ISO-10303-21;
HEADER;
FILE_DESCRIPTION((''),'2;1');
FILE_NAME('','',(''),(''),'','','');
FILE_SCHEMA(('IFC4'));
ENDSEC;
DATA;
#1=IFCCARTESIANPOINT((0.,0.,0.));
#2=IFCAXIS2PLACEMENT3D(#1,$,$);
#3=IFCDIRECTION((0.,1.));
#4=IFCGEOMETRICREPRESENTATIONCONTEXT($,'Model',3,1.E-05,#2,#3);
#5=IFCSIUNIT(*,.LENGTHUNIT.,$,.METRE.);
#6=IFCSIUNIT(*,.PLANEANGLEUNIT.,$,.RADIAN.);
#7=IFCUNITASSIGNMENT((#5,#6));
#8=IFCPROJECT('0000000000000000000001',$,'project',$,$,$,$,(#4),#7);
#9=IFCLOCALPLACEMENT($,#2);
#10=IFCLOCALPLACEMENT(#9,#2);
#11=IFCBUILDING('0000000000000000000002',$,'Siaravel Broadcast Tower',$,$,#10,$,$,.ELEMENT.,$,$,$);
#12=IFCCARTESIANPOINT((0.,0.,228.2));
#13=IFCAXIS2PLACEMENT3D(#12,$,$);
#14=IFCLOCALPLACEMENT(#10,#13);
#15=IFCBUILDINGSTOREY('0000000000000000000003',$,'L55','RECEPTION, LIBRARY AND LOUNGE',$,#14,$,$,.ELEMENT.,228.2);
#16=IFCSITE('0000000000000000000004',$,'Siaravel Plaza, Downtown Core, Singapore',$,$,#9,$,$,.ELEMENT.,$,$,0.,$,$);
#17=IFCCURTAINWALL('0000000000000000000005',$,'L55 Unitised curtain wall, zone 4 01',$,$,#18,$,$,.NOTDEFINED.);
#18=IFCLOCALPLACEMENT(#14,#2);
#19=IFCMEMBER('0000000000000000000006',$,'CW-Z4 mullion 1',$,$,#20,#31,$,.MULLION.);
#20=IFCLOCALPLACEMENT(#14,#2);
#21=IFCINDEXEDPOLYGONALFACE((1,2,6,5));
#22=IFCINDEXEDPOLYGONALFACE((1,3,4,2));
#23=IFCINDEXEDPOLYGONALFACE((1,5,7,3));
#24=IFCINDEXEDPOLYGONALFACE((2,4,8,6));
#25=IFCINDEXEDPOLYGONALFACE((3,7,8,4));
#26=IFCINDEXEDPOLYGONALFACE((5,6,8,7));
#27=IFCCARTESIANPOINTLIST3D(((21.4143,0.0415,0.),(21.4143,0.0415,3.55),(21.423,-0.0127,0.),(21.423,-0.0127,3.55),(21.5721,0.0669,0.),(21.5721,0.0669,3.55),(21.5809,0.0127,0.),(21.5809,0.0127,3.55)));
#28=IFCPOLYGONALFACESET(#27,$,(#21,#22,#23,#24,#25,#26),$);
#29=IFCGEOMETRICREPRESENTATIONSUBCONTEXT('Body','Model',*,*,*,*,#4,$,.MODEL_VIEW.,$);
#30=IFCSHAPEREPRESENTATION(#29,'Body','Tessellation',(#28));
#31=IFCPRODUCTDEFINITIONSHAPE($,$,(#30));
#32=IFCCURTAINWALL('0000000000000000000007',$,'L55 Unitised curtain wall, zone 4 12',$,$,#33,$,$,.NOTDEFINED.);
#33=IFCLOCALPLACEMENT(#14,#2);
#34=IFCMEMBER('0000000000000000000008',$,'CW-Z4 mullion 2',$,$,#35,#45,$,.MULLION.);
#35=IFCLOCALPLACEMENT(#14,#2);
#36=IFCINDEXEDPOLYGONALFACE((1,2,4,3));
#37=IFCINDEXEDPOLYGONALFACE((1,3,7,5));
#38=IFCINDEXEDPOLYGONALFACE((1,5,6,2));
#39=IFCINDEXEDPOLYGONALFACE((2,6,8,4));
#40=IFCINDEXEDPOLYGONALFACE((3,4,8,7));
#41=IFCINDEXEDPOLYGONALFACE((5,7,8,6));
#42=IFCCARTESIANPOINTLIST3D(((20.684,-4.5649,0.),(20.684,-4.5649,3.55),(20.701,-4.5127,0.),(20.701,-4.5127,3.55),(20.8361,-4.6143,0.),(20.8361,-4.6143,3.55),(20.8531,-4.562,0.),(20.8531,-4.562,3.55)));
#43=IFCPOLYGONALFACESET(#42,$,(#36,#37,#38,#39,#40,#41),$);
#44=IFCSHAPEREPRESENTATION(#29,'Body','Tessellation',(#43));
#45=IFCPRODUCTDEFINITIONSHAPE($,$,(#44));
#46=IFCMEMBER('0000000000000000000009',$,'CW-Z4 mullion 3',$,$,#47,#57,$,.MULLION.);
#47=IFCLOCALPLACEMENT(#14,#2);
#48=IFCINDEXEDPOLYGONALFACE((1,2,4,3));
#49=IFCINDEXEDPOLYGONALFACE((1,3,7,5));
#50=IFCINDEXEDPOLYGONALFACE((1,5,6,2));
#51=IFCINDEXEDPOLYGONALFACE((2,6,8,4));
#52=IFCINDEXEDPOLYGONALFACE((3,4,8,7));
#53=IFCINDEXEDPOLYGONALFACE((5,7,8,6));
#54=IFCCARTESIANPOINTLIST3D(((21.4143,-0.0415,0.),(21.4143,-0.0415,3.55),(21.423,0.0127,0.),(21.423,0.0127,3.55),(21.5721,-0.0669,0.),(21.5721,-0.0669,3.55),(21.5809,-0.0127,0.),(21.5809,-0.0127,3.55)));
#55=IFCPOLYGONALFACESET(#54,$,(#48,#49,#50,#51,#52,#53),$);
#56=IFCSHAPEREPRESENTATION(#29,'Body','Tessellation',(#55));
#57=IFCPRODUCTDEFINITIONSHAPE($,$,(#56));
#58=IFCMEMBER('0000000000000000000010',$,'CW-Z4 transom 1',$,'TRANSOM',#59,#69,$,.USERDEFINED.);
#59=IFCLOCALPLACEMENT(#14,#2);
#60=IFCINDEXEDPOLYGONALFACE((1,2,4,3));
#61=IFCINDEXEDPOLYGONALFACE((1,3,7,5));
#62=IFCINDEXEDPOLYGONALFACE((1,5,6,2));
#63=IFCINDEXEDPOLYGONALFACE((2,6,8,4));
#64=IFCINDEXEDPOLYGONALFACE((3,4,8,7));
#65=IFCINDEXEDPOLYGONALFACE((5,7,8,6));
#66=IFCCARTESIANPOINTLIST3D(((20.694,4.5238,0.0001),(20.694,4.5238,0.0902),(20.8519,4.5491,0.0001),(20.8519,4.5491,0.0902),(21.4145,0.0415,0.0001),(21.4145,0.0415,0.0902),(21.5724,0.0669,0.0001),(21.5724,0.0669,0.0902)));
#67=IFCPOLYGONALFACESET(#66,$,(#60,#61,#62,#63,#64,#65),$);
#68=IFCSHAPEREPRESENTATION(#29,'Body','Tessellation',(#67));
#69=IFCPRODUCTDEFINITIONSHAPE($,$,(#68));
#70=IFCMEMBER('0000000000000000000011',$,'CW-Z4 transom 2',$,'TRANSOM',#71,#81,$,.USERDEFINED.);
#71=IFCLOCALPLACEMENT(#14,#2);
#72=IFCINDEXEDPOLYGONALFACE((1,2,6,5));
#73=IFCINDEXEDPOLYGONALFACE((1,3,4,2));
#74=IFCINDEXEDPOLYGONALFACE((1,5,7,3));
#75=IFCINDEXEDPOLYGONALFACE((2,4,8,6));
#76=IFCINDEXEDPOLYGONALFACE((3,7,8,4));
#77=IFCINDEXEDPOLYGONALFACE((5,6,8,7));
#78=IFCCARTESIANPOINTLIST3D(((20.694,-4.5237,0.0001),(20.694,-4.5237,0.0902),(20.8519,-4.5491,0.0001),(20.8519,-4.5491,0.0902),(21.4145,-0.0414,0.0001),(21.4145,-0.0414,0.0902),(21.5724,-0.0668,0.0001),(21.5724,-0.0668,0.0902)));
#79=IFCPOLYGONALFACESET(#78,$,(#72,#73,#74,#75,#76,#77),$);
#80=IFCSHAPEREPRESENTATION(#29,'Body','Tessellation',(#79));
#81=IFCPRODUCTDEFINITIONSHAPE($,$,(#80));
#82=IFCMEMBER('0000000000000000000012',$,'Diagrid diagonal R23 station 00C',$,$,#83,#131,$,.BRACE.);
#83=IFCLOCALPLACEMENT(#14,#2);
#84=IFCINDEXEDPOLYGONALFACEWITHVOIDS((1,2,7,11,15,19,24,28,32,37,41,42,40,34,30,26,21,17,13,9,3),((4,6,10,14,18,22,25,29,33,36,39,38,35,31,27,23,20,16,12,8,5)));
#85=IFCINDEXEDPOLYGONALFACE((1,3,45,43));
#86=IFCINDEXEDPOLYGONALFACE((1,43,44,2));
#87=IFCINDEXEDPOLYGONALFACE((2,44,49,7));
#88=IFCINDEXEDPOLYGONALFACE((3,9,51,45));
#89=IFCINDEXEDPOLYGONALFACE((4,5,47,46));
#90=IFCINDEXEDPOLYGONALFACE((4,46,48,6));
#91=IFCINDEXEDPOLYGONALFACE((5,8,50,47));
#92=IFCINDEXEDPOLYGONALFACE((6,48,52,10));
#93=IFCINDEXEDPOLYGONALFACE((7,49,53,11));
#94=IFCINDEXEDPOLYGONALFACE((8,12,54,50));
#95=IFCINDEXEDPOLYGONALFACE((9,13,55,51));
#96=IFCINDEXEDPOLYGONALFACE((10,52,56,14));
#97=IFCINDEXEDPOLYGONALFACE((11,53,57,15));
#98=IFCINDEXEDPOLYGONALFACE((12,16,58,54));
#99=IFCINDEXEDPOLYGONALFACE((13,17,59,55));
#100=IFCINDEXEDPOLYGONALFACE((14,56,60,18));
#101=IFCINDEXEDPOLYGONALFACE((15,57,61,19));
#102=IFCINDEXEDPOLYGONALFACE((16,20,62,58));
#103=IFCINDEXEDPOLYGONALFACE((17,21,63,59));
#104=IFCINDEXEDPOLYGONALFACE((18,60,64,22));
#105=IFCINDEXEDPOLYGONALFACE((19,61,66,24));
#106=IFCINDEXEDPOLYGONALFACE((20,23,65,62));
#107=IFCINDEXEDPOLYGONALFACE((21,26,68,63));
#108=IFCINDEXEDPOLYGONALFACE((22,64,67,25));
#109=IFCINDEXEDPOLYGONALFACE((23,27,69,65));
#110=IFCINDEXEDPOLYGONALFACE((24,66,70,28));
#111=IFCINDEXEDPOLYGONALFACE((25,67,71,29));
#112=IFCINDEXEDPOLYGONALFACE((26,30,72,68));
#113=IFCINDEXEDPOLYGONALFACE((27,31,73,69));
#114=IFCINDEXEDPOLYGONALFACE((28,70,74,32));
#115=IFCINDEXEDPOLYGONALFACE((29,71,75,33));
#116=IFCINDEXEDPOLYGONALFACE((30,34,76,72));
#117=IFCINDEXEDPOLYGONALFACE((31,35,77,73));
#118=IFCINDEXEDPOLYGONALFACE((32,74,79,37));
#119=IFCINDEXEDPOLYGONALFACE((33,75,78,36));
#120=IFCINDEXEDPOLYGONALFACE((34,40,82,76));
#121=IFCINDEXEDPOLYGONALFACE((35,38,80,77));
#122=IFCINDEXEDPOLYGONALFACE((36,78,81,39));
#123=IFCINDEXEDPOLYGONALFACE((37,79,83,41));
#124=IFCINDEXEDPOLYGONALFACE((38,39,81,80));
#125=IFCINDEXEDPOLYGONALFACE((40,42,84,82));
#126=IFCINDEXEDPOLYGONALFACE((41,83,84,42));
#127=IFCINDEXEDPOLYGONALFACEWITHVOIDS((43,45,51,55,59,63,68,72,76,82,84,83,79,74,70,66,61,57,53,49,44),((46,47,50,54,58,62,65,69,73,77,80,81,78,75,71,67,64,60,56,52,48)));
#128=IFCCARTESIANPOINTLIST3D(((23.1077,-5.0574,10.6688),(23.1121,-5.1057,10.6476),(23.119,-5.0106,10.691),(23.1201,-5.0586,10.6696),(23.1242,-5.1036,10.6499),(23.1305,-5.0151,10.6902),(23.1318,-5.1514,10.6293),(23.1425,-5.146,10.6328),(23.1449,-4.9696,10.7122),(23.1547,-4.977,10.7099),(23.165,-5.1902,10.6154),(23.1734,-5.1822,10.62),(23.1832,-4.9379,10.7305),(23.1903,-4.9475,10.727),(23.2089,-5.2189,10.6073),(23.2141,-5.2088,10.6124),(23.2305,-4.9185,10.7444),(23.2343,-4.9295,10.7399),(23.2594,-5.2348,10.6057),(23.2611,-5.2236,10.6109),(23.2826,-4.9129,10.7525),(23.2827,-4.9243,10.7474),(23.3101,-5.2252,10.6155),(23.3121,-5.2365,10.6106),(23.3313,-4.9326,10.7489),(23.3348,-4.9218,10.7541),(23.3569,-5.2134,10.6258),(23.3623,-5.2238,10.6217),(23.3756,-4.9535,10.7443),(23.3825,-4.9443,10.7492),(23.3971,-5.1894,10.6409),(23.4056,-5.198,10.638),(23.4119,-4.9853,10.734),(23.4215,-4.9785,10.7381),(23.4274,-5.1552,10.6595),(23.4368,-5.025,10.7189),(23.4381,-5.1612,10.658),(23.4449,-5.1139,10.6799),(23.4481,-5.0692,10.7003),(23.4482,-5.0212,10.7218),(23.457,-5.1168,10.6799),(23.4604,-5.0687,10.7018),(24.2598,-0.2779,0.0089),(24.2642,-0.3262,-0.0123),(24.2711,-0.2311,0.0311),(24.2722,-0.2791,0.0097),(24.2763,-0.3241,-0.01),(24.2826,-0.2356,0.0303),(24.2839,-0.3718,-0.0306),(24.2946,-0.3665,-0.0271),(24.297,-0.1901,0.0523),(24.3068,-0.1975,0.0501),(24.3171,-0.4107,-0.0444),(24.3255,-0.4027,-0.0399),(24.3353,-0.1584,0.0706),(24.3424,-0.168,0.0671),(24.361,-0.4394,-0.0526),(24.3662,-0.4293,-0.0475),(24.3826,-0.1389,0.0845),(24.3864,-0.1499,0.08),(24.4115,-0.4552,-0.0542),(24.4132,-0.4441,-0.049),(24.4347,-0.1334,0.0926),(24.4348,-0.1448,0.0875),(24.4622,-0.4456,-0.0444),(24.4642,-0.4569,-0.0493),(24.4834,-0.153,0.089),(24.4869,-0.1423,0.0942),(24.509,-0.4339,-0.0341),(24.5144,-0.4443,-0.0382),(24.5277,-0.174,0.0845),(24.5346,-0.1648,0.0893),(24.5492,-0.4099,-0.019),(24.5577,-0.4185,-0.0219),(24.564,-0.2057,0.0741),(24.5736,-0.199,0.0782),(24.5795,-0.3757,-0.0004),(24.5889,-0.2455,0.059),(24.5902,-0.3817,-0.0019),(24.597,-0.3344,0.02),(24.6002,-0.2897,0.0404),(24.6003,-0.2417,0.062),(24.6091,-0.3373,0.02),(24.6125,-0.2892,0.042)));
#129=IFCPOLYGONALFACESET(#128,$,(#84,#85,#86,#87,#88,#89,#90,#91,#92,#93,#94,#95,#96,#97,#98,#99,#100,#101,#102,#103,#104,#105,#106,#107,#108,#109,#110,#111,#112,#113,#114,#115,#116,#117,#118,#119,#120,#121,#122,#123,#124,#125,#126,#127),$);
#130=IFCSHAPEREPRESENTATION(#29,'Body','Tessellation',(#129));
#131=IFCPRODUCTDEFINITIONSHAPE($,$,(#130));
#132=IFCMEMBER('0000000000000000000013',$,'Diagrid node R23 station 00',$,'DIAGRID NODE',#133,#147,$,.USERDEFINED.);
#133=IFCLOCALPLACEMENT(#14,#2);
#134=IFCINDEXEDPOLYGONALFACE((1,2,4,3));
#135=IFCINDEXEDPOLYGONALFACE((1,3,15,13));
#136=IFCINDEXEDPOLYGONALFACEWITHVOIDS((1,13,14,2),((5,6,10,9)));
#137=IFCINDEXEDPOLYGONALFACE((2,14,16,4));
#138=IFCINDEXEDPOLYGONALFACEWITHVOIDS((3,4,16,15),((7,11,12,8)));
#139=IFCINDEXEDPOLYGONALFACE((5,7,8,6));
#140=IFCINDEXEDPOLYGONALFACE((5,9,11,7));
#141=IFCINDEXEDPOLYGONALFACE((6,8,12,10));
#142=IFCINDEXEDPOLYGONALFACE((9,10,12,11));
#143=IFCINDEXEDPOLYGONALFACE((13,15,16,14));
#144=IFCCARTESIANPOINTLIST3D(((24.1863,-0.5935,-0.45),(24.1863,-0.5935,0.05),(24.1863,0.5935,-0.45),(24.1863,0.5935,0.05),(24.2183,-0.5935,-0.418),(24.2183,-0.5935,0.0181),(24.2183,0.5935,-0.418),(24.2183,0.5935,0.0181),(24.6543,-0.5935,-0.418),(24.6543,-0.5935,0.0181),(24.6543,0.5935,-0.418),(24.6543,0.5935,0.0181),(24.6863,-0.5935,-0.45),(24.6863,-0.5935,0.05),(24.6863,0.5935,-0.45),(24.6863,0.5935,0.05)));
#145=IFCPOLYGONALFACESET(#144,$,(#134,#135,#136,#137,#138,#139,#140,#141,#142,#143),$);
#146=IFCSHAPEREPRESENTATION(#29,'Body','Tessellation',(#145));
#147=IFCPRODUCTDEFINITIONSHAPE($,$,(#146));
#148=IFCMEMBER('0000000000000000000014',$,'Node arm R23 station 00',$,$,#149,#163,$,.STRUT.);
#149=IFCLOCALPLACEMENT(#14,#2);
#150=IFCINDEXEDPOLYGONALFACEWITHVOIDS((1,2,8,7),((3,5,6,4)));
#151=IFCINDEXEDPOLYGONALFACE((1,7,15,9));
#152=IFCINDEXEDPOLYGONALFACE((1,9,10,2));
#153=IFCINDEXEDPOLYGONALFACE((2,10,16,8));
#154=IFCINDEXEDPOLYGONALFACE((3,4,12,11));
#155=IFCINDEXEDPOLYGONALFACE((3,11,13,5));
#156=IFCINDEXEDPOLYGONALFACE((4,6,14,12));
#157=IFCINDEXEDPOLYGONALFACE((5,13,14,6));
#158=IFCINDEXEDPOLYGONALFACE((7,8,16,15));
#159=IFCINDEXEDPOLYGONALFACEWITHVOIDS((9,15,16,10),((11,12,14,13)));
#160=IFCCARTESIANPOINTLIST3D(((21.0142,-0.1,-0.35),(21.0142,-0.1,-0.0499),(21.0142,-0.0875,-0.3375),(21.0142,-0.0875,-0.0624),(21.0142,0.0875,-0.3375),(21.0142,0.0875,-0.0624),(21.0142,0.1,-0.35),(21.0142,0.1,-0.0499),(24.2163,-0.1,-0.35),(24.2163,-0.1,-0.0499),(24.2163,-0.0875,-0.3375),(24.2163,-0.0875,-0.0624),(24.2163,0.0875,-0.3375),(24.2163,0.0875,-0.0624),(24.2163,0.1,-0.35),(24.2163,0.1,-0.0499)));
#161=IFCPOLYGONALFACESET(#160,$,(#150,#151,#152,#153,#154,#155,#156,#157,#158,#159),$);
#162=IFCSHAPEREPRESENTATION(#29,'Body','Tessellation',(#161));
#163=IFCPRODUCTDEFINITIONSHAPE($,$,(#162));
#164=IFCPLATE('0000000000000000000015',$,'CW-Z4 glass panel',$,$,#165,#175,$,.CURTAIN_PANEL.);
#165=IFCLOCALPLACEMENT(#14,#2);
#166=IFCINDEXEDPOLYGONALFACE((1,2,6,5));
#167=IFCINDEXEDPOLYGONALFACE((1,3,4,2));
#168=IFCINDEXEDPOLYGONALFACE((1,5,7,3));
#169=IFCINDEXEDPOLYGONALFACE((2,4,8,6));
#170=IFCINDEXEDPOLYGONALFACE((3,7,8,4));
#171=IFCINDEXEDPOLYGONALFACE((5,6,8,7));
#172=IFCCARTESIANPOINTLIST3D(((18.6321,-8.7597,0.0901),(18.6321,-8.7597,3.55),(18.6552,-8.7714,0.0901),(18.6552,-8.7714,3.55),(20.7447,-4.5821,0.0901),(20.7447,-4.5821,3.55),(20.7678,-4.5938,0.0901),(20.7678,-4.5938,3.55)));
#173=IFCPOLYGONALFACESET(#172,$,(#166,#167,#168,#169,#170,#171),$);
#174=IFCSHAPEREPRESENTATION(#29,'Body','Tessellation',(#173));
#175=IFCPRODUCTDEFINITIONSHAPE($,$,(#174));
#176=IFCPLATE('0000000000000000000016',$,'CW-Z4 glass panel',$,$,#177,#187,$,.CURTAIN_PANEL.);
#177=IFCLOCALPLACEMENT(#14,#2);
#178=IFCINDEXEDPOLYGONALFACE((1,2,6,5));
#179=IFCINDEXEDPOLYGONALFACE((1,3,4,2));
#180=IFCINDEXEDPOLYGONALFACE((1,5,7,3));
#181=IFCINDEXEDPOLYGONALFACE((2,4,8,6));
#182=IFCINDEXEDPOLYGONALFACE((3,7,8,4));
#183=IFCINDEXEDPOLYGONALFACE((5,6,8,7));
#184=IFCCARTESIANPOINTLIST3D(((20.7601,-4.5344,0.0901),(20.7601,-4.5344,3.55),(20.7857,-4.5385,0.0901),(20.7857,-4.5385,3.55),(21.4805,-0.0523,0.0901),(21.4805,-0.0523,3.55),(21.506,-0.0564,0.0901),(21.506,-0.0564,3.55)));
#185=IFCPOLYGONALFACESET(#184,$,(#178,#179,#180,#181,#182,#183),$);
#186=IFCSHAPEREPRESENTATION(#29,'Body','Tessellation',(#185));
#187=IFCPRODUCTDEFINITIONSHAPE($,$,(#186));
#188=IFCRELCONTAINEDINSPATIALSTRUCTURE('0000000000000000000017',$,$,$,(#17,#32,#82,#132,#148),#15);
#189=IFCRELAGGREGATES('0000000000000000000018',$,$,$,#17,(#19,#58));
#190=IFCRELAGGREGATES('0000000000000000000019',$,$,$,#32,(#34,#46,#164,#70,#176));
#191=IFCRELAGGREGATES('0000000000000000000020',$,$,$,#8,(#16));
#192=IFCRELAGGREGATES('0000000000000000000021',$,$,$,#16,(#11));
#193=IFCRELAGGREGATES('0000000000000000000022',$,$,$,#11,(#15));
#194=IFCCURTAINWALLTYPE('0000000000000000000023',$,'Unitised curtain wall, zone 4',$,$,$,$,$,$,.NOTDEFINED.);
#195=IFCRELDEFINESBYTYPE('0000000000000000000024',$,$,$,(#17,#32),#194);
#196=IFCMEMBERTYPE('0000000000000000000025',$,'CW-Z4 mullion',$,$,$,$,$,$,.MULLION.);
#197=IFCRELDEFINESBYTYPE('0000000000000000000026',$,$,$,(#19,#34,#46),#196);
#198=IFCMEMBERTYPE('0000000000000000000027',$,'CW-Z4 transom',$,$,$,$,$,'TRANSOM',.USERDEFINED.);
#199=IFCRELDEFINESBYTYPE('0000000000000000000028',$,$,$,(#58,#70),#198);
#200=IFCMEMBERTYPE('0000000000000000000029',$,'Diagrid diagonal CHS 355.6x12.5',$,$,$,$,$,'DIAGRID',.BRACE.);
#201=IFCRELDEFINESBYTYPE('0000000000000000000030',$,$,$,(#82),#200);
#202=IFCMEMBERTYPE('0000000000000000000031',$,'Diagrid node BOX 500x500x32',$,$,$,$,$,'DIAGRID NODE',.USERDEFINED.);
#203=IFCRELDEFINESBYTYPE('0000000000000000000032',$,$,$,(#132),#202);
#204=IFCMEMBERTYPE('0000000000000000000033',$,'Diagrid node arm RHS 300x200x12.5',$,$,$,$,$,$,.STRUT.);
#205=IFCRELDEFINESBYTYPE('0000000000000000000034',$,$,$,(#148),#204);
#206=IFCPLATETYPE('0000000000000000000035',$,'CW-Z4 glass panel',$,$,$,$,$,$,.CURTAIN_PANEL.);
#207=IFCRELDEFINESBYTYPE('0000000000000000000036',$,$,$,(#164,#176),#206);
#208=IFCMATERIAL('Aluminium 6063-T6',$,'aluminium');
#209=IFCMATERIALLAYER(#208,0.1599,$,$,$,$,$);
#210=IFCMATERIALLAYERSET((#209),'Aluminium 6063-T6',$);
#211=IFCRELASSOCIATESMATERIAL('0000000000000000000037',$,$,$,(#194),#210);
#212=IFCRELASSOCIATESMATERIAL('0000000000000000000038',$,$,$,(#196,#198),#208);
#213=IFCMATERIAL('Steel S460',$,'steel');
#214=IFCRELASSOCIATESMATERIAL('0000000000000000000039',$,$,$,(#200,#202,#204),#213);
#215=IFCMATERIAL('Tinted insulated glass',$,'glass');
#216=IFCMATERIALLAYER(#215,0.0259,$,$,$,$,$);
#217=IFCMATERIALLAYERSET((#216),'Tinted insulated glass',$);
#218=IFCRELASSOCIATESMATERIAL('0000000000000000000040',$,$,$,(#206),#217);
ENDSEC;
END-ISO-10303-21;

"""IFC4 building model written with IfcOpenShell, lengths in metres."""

from ifc_helpers import new_model, si_unit, direction, frame, origin, origin_2d, place, context, subcontext, project, spatial, rectangle, hollow_rectangle, hollow_circle, extrude, material, layer, layer_set, material_profile, profile_set, type_object, element, aggregate, save


model = new_model("IFC4")

# Units and contexts
model_context = context("Model", 3, precision=1e-05, world=origin(), true_north=direction((0.0, 1.0)))
body_context = subcontext(model_context, "Body", "Model", "MODEL_VIEW")
ifc_project = project(units=[si_unit("LENGTHUNIT", "METRE"), si_unit("PLANEANGLEUNIT", "RADIAN")], contexts=[model_context])

# Site, building, storey
site_placement = place(None, origin())
site = spatial("IfcSite", under=ifc_project, at=site_placement, Name="Siaravel Plaza, Downtown Core, Singapore", CompositionType="ELEMENT", RefElevation=0.0)
building_placement = place(site_placement, origin())
building = spatial("IfcBuilding", under=site, at=building_placement, Name="Siaravel Broadcast Tower", CompositionType="ELEMENT")
storey_placement = place(building_placement, frame((0.0, 0.0, 228.2)))
storey = spatial("IfcBuildingStorey", under=building, at=storey_placement, Name="L55", Description="RECEPTION, LIBRARY AND LOUNGE", CompositionType="ELEMENT", Elevation=228.2)

# Curtain wall, member
ifc_material_1 = material(Name="Aluminium 6063-T6", Category="aluminium")
ifc_layer_1 = layer(ifc_material_1, 0.1599)
ifc_layer_set_1 = layer_set([ifc_layer_1], Name="Aluminium 6063-T6")
curtain_wall_type = type_object("IfcCurtainWallType", Name="Unitised curtain wall, zone 4", PredefinedType="NOTDEFINED", material=ifc_layer_set_1)
curtain_wall_1_placement = place(storey_placement, origin())
curtain_wall_1 = element("IfcCurtainWall", 1, at=curtain_wall_1_placement, inside=storey, type_object=curtain_wall_type, Name="L55 Unitised curtain wall, zone 4 01", PredefinedType="NOTDEFINED")
ifc_material_profile_1 = material_profile(ifc_material_1, rectangle(XDim=0.1599, YDim=0.0549, at=origin_2d()))
ifc_profile_set_1 = profile_set([ifc_material_profile_1], Name="Aluminium 6063-T6")
member_type_1 = type_object("IfcMemberType", Name="CW-Z4 mullion", PredefinedType="MULLION", material=ifc_profile_set_1)
member_1_placement = place(storey_placement, frame((21.4976, 0.0271, 0.0), z_axis=(0.0, 0.0, 1.0), x_axis=(-0.987329, -0.158685, 0.0)))
member_1 = element("IfcMember", 2, at=member_1_placement, type_object=member_type_1, Name="CW-Z4 mullion 1", PredefinedType="MULLION", context=body_context, shape_type="SweptSolid", body=[
    extrude(rectangle(XDim=0.1599, YDim=0.0549, at=origin_2d()), origin(), (0.0, 0.0, 1.0), 3.55),
])

# Curtain wall, members
curtain_wall_2_placement = place(storey_placement, origin())
curtain_wall_2 = element("IfcCurtainWall", 3, at=curtain_wall_2_placement, inside=storey, type_object=curtain_wall_type, Name="L55 Unitised curtain wall, zone 4 12", PredefinedType="NOTDEFINED")
member_2_placement = place(storey_placement, frame((20.7686, -4.5635, 0.0), z_axis=(0.0, 0.0, 1.0), x_axis=(-0.951178, 0.308644, 0.0)))
member_2 = element("IfcMember", 4, at=member_2_placement, type_object=member_type_1, Name="CW-Z4 mullion 2", PredefinedType="MULLION", context=body_context, shape_type="SweptSolid", body=[
    extrude(rectangle(XDim=0.1599, YDim=0.0549, at=origin_2d()), origin(), (0.0, 0.0, 1.0), 3.55),
])
member_3_placement = place(storey_placement, frame((21.4976, -0.0271, 0.0), z_axis=(0.0, 0.0, 1.0), x_axis=(-0.987329, 0.158685, 0.0)))
member_3 = element("IfcMember", 5, at=member_3_placement, type_object=member_type_1, Name="CW-Z4 mullion 3", PredefinedType="MULLION", context=body_context, shape_type="SweptSolid", body=[
    extrude(rectangle(XDim=0.1599, YDim=0.0549, at=origin_2d()), origin(), (0.0, 0.0, 1.0), 3.55),
])

# Members
ifc_material_profile_2 = material_profile(ifc_material_1, rectangle(XDim=0.1599, YDim=0.0901, at=origin_2d()))
ifc_profile_set_2 = profile_set([ifc_material_profile_2], Name="Aluminium 6063-T6")
member_type_2 = type_object("IfcMemberType", Name="CW-Z4 transom", ElementType="TRANSOM", PredefinedType="USERDEFINED", material=ifc_profile_set_2)
member_4_placement = place(storey_placement, frame((21.4934, 0.0542, 0.0452), z_axis=(-0.158701, 0.987327, 0.0), x_axis=(-0.987327, -0.158701, 0.0)))
member_4 = element("IfcMember", 6, at=member_4_placement, type_object=member_type_2, Name="CW-Z4 transom 1", ObjectType="TRANSOM", PredefinedType="USERDEFINED", context=body_context, shape_type="SweptSolid", body=[
    extrude(rectangle(XDim=0.1599, YDim=0.0901, at=origin_2d()), origin(), (0.0, 0.0, 1.0), 4.5398),
])
aggregate(curtain_wall_1, [member_1, member_4])
member_5_placement = place(storey_placement, frame((20.7729, -4.5364, 0.0452), z_axis=(0.158701, 0.987327, 0.0), x_axis=(-0.987327, 0.158701, 0.0)))
member_5 = element("IfcMember", 7, at=member_5_placement, type_object=member_type_2, Name="CW-Z4 transom 2", ObjectType="TRANSOM", PredefinedType="USERDEFINED", context=body_context, shape_type="SweptSolid", body=[
    extrude(rectangle(XDim=0.1599, YDim=0.0901, at=origin_2d()), origin(), (0.0, 0.0, 1.0), 4.5398),
])

# Members
ifc_material_2 = material(Name="Steel S460", Category="steel")
ifc_material_profile_3 = material_profile(ifc_material_2, hollow_circle(Radius=0.1777, WallThickness=0.0125, at=origin_2d()))
ifc_profile_set_3 = profile_set([ifc_material_profile_3], Name="Steel S460")
member_type_3 = type_object("IfcMemberType", Name="Diagrid diagonal CHS 355.6x12.5", ElementType="DIAGRID", PredefinedType="BRACE", material=ifc_profile_set_3)
member_6_placement = place(storey_placement, frame((24.4363, -0.2957, 0.02), z_axis=(-0.098143, -0.407149, 0.908074), x_axis=(0.972156, -0.234336, 0.0)))
element("IfcMember", 8, at=member_6_placement, inside=storey, type_object=member_type_3, Name="Diagrid diagonal R23 station 00C", PredefinedType="BRACE", context=body_context, shape_type="SweptSolid", body=[
    extrude(hollow_circle(Radius=0.1777, WallThickness=0.0125, at=origin_2d()), origin(), (0.0, 0.0, 1.0), 11.739),
])
ifc_material_profile_4 = material_profile(ifc_material_2, hollow_rectangle(XDim=0.5, YDim=0.5, WallThickness=0.032, at=origin_2d()))
ifc_profile_set_4 = profile_set([ifc_material_profile_4], Name="Steel S460")
member_type_4 = type_object("IfcMemberType", Name="Diagrid node BOX 500x500x32", ElementType="DIAGRID NODE", PredefinedType="USERDEFINED", material=ifc_profile_set_4)
member_7_placement = place(storey_placement, frame((24.4363, -0.5935, -0.2), z_axis=(0.0, 1.0, 0.0), x_axis=(-1.0, 0.0, 0.0)))
element("IfcMember", 9, at=member_7_placement, inside=storey, type_object=member_type_4, Name="Diagrid node R23 station 00", ObjectType="DIAGRID NODE", PredefinedType="USERDEFINED", context=body_context, shape_type="SweptSolid", body=[
    extrude(hollow_rectangle(XDim=0.5, YDim=0.5, WallThickness=0.032, at=origin_2d()), origin(), (0.0, 0.0, 1.0), 1.187),
])
ifc_material_profile_5 = material_profile(ifc_material_2, hollow_rectangle(XDim=0.2, YDim=0.3, WallThickness=0.0125, at=origin_2d()))
ifc_profile_set_5 = profile_set([ifc_material_profile_5], Name="Steel S460")
member_type_5 = type_object("IfcMemberType", Name="Diagrid node arm RHS 300x200x12.5", PredefinedType="STRUT", material=ifc_profile_set_5)
member_8_placement = place(storey_placement, frame((21.0142, 0.0, -0.2), z_axis=(1.0, 0.0, 0.0), x_axis=(0.0, 1.0, 0.0)))
element("IfcMember", 10, at=member_8_placement, inside=storey, type_object=member_type_5, Name="Node arm R23 station 00", PredefinedType="STRUT", context=body_context, shape_type="SweptSolid", body=[
    extrude(hollow_rectangle(XDim=0.2, YDim=0.3, WallThickness=0.0125, at=origin_2d()), origin(), (0.0, 0.0, 1.0), 3.2021),
])

# Plates
ifc_material_3 = material(Name="Tinted insulated glass", Category="glass")
ifc_layer_2 = layer(ifc_material_3, 0.0259)
ifc_layer_set_2 = layer_set([ifc_layer_2], Name="Tinted insulated glass")
plate_type = type_object("IfcPlateType", Name="CW-Z4 glass panel", PredefinedType="CURTAIN_PANEL", material=ifc_layer_set_2)
plate_1_placement = place(storey_placement, frame((19.7, -6.6768, 0.0901), z_axis=(0.0, 0.0, 1.0), x_axis=(0.451259, 0.892393, 0.0)))
plate_1 = element("IfcPlate", 11, at=plate_1_placement, type_object=plate_type, Name="CW-Z4 glass panel", PredefinedType="CURTAIN_PANEL", context=body_context, shape_type="SweptSolid", body=[
    extrude(rectangle(XDim=4.6814, YDim=0.0259, at=origin_2d()), origin(), (0.0, 0.0, 1.0), 3.46),
])
plate_2_placement = place(storey_placement, frame((21.1331, -2.2954, 0.0901), z_axis=(0.0, 0.0, 1.0), x_axis=(0.158685, 0.987329, 0.0)))
plate_2 = element("IfcPlate", 12, at=plate_2_placement, type_object=plate_type, Name="CW-Z4 glass panel", PredefinedType="CURTAIN_PANEL", context=body_context, shape_type="SweptSolid", body=[
    extrude(rectangle(XDim=4.5396, YDim=0.0259, at=origin_2d()), origin(), (0.0, 0.0, 1.0), 3.46),
])
aggregate(curtain_wall_2, [member_2, member_3, plate_1, member_5, plate_2])

save(model, "model.ifc")
